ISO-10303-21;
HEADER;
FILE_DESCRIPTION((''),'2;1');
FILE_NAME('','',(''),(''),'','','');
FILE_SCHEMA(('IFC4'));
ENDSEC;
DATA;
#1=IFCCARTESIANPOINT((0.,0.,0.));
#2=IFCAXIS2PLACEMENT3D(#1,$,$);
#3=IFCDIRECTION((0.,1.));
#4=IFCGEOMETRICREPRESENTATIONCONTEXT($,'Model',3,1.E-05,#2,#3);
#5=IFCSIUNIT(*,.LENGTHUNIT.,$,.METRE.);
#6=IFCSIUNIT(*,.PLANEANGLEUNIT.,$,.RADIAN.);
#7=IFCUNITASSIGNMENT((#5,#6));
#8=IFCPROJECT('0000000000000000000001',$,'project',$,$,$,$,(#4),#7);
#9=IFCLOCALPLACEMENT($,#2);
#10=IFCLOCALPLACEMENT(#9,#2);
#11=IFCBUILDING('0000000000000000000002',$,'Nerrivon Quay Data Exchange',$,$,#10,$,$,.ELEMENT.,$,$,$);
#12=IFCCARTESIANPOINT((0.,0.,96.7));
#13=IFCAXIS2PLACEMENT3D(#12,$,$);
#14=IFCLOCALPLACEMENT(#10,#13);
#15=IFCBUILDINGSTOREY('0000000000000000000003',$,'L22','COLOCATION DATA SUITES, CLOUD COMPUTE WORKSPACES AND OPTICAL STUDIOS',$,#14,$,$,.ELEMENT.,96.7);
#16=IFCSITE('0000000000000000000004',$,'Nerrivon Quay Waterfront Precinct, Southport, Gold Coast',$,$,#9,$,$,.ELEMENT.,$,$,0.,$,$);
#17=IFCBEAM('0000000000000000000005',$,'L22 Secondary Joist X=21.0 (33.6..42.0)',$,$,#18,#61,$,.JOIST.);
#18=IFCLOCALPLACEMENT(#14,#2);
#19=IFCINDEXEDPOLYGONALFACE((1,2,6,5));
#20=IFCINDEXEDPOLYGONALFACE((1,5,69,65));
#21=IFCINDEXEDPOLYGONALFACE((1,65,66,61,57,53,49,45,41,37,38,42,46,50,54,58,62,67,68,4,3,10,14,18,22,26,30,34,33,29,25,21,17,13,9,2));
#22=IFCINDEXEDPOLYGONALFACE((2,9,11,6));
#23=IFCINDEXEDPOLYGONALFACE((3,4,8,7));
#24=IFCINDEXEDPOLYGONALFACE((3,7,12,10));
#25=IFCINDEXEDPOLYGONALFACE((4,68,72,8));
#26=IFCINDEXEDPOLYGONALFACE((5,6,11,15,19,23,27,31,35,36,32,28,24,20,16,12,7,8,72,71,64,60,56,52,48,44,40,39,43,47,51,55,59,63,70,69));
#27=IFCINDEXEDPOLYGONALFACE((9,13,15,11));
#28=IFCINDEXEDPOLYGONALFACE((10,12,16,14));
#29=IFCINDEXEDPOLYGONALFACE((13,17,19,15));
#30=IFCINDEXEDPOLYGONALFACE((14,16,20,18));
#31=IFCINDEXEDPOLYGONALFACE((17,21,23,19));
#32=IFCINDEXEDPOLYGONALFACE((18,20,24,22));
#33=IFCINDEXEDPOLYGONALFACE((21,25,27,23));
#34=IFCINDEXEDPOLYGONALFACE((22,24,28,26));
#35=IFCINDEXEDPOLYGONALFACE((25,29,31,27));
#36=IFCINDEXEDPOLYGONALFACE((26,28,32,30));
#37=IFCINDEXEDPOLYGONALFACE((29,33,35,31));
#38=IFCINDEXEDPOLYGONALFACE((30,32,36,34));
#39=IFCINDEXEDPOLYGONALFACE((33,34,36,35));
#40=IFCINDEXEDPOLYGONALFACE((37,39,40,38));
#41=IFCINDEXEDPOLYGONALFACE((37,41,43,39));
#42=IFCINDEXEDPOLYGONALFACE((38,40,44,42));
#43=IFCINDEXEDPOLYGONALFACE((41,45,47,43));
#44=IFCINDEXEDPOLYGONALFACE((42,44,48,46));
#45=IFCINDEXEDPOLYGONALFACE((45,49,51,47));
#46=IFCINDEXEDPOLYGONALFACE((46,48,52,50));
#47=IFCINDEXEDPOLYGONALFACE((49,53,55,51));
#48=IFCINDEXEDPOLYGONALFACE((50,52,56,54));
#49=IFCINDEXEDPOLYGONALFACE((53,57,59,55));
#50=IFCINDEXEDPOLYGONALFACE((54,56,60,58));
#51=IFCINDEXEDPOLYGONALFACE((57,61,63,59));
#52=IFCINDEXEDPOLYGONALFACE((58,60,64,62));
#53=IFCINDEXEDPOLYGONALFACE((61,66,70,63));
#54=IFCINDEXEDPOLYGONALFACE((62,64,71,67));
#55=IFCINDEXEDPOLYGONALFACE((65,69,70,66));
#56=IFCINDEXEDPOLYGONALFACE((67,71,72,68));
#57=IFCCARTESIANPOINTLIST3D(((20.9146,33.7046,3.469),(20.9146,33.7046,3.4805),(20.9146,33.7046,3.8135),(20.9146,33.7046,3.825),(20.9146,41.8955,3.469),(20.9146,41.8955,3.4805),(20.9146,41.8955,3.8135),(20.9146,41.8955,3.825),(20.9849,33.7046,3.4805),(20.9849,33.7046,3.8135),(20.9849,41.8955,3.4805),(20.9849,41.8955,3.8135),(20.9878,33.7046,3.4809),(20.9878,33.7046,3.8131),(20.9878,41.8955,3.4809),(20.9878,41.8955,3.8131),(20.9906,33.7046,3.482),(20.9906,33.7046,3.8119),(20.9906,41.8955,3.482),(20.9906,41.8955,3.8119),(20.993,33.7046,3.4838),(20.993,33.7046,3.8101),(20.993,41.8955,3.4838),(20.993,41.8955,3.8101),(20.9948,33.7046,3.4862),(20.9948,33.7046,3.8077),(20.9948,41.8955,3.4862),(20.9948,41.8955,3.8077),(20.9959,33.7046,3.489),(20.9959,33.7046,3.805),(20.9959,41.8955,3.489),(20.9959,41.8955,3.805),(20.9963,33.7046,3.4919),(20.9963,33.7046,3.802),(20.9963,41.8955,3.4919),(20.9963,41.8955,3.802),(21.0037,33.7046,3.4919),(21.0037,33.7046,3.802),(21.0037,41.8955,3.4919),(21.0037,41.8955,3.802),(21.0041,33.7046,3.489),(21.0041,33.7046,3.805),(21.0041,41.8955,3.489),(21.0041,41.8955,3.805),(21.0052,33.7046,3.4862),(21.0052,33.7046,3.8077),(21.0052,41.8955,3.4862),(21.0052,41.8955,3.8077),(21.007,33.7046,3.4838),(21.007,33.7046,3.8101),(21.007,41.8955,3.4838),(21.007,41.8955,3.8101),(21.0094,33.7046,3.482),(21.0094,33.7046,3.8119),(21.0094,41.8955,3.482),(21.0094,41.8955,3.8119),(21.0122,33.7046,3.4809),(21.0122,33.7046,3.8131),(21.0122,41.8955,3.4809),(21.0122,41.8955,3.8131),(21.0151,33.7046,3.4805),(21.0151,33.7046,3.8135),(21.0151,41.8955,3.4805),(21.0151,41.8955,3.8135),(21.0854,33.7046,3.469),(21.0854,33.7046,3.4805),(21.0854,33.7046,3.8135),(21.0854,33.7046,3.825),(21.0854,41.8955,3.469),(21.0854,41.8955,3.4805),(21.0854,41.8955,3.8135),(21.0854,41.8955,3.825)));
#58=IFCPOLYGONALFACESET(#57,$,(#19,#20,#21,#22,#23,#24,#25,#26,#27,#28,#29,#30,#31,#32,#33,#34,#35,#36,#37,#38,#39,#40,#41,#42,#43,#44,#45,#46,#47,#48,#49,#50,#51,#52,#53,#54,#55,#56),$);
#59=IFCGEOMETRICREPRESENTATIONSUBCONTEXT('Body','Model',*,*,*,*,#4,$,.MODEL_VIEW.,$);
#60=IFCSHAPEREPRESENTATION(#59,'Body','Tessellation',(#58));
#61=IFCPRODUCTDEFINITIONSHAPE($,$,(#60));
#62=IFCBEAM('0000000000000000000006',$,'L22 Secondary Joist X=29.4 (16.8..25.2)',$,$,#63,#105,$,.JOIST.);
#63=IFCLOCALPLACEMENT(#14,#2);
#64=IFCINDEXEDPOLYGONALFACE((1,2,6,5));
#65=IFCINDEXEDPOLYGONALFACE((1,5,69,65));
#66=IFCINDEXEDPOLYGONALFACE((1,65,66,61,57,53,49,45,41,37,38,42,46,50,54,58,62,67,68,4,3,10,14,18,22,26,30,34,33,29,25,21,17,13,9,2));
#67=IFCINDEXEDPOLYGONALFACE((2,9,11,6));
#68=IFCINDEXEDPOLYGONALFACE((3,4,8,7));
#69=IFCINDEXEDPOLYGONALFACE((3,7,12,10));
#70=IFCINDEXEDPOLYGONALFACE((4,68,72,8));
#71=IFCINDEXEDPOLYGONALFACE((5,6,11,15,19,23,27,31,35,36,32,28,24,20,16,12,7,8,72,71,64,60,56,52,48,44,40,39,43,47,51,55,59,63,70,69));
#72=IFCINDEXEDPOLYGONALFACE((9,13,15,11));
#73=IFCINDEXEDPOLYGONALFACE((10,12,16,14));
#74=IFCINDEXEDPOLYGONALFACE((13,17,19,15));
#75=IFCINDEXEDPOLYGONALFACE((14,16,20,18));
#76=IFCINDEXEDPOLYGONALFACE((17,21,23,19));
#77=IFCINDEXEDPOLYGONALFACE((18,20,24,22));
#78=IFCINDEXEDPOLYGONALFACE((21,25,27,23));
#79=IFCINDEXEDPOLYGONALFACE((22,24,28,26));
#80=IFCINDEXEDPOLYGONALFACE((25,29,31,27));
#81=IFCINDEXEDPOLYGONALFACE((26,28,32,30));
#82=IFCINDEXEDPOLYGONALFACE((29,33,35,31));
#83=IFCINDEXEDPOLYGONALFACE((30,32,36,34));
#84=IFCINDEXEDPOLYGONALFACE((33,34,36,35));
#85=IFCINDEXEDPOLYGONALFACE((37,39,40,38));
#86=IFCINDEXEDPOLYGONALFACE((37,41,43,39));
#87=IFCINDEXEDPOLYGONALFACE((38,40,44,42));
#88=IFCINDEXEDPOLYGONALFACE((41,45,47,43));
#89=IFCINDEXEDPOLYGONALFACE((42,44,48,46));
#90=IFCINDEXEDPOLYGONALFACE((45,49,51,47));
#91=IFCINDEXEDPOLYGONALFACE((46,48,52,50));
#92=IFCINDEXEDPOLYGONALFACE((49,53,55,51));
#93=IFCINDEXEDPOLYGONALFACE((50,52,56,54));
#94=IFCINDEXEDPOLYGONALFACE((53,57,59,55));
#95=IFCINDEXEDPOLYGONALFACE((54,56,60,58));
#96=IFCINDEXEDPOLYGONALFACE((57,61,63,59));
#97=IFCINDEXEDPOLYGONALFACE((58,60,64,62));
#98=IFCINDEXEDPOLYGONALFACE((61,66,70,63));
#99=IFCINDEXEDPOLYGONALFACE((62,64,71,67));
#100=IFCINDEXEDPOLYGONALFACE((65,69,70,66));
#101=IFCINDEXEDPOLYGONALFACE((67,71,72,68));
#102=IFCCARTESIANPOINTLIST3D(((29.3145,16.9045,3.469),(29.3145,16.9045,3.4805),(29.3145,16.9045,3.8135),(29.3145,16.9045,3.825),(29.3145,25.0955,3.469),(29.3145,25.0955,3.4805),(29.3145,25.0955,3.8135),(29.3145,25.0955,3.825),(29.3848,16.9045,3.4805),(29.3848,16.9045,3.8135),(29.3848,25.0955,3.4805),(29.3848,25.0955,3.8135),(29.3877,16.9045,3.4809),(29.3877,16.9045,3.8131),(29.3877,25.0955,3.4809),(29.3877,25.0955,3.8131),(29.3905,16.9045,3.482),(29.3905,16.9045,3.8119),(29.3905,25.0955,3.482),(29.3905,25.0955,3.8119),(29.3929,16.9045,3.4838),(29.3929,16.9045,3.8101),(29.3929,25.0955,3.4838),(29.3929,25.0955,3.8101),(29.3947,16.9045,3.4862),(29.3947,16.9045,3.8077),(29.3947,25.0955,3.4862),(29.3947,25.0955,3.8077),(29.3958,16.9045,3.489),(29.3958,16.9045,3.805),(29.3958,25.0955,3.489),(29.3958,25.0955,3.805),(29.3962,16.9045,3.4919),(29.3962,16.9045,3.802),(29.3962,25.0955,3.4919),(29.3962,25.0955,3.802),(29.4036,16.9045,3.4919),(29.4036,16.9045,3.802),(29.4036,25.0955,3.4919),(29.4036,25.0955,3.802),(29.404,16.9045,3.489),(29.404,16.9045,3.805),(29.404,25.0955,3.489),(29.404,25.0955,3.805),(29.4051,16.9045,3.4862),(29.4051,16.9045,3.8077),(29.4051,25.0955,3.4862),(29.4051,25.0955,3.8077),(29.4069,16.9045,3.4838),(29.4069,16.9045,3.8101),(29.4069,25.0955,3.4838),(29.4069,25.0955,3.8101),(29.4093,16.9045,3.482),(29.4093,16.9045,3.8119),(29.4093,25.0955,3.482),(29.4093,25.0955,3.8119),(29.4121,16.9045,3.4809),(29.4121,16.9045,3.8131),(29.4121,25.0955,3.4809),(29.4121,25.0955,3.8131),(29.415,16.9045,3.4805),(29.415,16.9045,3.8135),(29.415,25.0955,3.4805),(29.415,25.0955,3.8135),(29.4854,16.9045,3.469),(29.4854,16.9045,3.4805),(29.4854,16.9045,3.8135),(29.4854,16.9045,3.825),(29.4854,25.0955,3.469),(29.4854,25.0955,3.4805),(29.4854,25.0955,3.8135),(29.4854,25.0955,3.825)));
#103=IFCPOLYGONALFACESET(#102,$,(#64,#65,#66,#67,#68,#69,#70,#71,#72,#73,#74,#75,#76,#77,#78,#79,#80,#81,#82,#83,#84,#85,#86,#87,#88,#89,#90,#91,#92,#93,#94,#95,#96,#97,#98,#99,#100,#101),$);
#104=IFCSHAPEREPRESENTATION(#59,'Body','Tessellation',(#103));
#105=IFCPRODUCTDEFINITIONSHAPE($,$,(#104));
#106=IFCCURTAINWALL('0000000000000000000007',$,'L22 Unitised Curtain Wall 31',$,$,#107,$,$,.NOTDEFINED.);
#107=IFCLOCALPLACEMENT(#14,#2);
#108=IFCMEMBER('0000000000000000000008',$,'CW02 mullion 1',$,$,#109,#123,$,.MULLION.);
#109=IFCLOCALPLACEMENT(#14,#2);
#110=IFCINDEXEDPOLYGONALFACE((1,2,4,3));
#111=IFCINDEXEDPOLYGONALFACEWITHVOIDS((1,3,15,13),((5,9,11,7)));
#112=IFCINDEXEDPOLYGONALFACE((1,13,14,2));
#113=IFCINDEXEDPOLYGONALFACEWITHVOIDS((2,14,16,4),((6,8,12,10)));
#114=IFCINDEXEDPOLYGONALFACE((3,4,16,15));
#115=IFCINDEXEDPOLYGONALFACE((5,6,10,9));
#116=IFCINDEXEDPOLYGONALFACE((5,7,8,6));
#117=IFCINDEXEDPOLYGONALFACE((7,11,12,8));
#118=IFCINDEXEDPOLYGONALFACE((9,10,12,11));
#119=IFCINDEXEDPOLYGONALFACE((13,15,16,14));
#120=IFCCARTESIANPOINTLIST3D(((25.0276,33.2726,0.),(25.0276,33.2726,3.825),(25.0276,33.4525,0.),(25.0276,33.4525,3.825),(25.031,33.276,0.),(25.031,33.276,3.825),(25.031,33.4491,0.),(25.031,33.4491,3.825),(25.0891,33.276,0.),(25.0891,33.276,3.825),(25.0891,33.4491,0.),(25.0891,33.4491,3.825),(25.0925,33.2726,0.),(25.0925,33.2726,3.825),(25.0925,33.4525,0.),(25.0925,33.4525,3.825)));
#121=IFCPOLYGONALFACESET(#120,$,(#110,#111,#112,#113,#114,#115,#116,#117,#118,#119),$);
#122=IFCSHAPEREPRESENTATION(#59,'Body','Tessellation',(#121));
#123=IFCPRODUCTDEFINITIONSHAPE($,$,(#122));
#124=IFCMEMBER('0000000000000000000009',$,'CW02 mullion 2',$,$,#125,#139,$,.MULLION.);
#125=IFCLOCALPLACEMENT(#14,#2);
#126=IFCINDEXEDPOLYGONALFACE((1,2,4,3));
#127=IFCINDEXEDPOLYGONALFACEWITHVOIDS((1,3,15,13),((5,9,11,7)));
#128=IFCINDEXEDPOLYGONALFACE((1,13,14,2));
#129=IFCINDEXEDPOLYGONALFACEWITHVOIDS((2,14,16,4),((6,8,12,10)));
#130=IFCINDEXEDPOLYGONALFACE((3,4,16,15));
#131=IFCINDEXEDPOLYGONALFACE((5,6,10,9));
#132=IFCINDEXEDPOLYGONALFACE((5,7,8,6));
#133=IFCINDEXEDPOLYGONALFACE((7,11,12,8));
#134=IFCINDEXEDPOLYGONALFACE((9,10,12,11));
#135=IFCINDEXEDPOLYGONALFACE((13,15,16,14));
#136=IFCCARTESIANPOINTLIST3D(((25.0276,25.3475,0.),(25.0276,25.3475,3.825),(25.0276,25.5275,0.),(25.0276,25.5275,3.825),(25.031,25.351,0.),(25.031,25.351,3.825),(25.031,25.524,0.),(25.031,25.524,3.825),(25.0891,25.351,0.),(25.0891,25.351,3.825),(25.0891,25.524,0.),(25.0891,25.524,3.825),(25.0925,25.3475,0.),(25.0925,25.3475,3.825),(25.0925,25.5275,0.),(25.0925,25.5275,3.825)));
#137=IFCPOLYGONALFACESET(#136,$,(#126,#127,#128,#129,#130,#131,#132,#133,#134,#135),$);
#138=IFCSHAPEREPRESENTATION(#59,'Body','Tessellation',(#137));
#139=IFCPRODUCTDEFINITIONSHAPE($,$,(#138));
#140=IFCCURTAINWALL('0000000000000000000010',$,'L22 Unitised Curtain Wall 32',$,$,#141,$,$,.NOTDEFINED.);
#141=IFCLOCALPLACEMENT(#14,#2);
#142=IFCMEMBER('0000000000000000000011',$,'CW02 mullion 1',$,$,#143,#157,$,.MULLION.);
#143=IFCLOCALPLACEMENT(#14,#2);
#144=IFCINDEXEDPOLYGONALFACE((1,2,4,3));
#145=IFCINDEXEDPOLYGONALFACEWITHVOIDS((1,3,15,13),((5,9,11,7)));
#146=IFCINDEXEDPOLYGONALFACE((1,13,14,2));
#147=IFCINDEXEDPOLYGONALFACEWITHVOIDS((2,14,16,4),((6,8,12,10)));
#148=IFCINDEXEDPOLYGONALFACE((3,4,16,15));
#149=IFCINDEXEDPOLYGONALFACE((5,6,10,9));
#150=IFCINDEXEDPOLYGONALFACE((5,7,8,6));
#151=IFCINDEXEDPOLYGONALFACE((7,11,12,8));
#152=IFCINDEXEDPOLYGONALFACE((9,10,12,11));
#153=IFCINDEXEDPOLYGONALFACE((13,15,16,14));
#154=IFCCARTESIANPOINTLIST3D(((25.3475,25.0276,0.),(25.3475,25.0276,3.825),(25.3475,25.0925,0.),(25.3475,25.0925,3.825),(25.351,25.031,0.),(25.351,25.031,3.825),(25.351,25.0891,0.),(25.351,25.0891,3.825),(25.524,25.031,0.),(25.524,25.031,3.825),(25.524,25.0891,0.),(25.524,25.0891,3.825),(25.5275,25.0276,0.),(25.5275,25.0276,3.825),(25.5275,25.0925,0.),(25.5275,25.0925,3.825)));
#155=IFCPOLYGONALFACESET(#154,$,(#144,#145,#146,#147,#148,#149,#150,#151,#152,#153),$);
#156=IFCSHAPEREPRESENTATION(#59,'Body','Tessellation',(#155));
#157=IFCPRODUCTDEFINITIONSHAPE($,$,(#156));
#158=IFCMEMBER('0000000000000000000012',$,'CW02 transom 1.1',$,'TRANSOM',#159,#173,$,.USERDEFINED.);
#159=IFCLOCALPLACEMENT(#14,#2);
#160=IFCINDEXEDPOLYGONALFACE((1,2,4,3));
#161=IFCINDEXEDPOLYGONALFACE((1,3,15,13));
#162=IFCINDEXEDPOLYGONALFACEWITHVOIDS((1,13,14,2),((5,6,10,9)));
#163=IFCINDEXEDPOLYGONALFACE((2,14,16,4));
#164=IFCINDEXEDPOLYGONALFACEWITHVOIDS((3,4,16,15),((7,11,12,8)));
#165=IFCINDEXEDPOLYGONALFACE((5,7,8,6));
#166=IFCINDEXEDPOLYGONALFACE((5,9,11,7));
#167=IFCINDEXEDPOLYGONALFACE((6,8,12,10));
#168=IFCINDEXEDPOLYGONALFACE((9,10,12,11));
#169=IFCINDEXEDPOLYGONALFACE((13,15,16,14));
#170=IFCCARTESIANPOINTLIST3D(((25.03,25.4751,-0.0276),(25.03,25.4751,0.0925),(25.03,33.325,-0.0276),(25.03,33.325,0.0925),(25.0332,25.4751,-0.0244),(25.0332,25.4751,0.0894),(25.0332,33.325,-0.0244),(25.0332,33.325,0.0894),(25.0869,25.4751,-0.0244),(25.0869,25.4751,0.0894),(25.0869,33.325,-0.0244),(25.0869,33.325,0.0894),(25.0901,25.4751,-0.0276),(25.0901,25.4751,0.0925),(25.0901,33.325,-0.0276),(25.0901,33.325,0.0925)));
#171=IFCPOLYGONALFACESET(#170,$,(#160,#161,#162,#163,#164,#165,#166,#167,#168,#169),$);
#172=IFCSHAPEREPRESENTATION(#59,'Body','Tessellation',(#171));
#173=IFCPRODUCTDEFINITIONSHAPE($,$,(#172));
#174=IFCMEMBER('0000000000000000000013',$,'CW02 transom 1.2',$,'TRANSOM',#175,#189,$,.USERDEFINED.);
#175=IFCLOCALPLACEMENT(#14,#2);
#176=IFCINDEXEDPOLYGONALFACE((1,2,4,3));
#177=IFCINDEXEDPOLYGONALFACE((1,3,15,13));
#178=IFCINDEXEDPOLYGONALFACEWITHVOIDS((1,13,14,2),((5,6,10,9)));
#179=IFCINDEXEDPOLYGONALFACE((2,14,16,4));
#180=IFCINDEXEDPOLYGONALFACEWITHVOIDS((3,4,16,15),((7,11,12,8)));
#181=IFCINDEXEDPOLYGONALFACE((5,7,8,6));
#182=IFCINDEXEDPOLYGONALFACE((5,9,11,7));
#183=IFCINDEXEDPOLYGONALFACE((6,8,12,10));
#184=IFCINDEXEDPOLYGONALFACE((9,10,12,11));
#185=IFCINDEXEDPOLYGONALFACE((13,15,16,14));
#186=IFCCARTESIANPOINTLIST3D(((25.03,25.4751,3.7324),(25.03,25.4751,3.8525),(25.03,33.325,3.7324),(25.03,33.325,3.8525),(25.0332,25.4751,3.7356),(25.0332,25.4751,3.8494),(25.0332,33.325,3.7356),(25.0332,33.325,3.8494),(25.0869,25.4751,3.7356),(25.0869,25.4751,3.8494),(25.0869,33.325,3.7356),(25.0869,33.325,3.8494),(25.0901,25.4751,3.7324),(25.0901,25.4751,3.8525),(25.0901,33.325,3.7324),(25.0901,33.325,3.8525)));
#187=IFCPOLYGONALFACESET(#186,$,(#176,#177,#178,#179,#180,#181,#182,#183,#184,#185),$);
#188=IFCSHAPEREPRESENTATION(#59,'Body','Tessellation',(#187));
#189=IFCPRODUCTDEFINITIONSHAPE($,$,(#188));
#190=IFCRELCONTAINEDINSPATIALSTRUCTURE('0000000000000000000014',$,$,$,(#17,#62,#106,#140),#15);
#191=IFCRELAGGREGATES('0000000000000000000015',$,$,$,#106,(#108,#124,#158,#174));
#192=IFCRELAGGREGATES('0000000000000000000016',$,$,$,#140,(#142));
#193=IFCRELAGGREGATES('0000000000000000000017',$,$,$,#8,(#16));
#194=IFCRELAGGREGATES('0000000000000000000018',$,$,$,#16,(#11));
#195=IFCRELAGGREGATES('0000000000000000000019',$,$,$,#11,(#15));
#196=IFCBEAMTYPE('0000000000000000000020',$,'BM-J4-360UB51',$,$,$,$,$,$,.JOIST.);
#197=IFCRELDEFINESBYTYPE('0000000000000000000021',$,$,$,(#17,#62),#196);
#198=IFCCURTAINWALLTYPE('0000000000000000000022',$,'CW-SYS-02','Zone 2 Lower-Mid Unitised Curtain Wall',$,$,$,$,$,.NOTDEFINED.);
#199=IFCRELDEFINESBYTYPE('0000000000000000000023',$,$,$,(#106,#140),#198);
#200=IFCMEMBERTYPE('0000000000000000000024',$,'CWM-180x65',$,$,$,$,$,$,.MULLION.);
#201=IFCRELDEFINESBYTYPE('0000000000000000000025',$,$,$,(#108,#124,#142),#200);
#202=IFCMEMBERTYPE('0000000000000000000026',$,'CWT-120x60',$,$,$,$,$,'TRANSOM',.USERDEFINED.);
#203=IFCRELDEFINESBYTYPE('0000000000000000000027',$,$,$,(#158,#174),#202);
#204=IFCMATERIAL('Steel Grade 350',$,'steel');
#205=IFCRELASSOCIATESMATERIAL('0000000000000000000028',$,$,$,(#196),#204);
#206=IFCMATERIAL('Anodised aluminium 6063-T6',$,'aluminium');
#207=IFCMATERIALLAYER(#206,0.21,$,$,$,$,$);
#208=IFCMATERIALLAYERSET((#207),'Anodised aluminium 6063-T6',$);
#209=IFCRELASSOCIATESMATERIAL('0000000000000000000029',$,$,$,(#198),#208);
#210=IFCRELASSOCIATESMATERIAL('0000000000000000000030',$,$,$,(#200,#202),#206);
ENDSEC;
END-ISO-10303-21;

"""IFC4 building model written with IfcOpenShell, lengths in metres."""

from ifc_helpers import new_model, si_unit, direction, frame, origin, origin_2d, place, context, subcontext, project, spatial, hollow_rectangle, i_section, extrude, material, layer, layer_set, material_profile, profile_set, type_object, element, aggregate, save


model = new_model("IFC4")

# Units and contexts
model_context = context("Model", 3, precision=1e-05, world=origin(), true_north=direction((0.0, 1.0)))
body_context = subcontext(model_context, "Body", "Model", "MODEL_VIEW")
ifc_project = project(units=[si_unit("LENGTHUNIT", "METRE"), si_unit("PLANEANGLEUNIT", "RADIAN")], contexts=[model_context])

# Site, building, storey
site_placement = place(None, origin())
site = spatial("IfcSite", under=ifc_project, at=site_placement, Name="Nerrivon Quay Waterfront Precinct, Southport, Gold Coast", CompositionType="ELEMENT", RefElevation=0.0)
building_placement = place(site_placement, origin())
building = spatial("IfcBuilding", under=site, at=building_placement, Name="Nerrivon Quay Data Exchange", CompositionType="ELEMENT")
storey_placement = place(building_placement, frame((0.0, 0.0, 96.7)))
storey = spatial("IfcBuildingStorey", under=building, at=storey_placement, Name="L22", Description="COLOCATION DATA SUITES, CLOUD COMPUTE WORKSPACES AND OPTICAL STUDIOS", CompositionType="ELEMENT", Elevation=96.7)

# Shared definitions
ifc_material_1 = material(Name="Steel Grade 350", Category="steel")

# Beams
ifc_material_profile_1 = material_profile(ifc_material_1, i_section(OverallWidth=0.1709, OverallDepth=0.356, WebThickness=0.0073, FlangeThickness=0.0115, FilletRadius=0.0115, at=origin_2d()), Name="360UB50.7")
ifc_profile_set_1 = profile_set([ifc_material_profile_1], Name="Steel Grade 350")
beam_type_1 = type_object("IfcBeamType", Name="BM-J4-360UB51", PredefinedType="JOIST", material=ifc_profile_set_1)
for number, where, z_axis, x_axis, name in (
    (1, (21.0, 33.7046, 3.647), (0.0, 1.0, 0.0), (-1.0, 0.0, 0.0), "L22 Secondary Joist X=21.0 (33.6..42.0)"),
    (2, (29.3999, 16.9045, 3.647), (0.0, 1.0, 0.0), (-1.0, 0.0, 0.0), "L22 Secondary Joist X=29.4 (16.8..25.2)"),
):
    element("IfcBeam", number, at=place(storey_placement, frame(where, z_axis=z_axis, x_axis=x_axis)), inside=storey, type_object=beam_type_1, Name=name, PredefinedType="JOIST", context=body_context, shape_type="SweptSolid", body=[
        extrude(i_section(OverallWidth=0.1709, OverallDepth=0.356, WebThickness=0.0073, FlangeThickness=0.0115, FilletRadius=0.0115, at=origin_2d()), origin(), (0.0, 0.0, 1.0), 8.1909),
    ])

# Curtain wall, members
ifc_material_2 = material(Name="Anodised aluminium 6063-T6", Category="aluminium")
ifc_layer_1 = layer(ifc_material_2, 0.21)
ifc_layer_set_1 = layer_set([ifc_layer_1], Name="Anodised aluminium 6063-T6")
curtain_wall_type = type_object("IfcCurtainWallType", Name="CW-SYS-02", Description="Zone 2 Lower-Mid Unitised Curtain Wall", PredefinedType="NOTDEFINED", material=ifc_layer_set_1)
curtain_wall_1_placement = place(storey_placement, origin())
curtain_wall_1 = element("IfcCurtainWall", 3, at=curtain_wall_1_placement, inside=storey, type_object=curtain_wall_type, Name="L22 Unitised Curtain Wall 31", PredefinedType="NOTDEFINED")
ifc_material_profile_2 = material_profile(ifc_material_2, hollow_rectangle(XDim=0.0649, YDim=0.1799, WallThickness=0.0034, at=origin_2d()), Name="ALU-MULL-180x65")
ifc_profile_set_2 = profile_set([ifc_material_profile_2], Name="Anodised aluminium 6063-T6")
member_type_1 = type_object("IfcMemberType", Name="CWM-180x65", PredefinedType="MULLION", material=ifc_profile_set_2)
member_1_placement = place(storey_placement, frame((25.0601, 33.3625, 0.0), z_axis=(0.0, 0.0, 1.0), x_axis=(1.0, 0.0, 0.0)))
member_1 = element("IfcMember", 4, at=member_1_placement, type_object=member_type_1, Name="CW02 mullion 1", PredefinedType="MULLION", context=body_context, shape_type="SweptSolid", body=[
    extrude(hollow_rectangle(XDim=0.0649, YDim=0.1799, WallThickness=0.0034, at=origin_2d()), origin(), (0.0, 0.0, 1.0), 3.825),
])
member_2_placement = place(storey_placement, frame((25.0601, 25.4375, 0.0), z_axis=(0.0, 0.0, 1.0), x_axis=(1.0, 0.0, 0.0)))
member_2 = element("IfcMember", 5, at=member_2_placement, type_object=member_type_1, Name="CW02 mullion 2", PredefinedType="MULLION", context=body_context, shape_type="SweptSolid", body=[
    extrude(hollow_rectangle(XDim=0.0649, YDim=0.1799, WallThickness=0.0034, at=origin_2d()), origin(), (0.0, 0.0, 1.0), 3.825),
])

# Curtain wall, member
curtain_wall_2_placement = place(storey_placement, origin())
curtain_wall_2 = element("IfcCurtainWall", 6, at=curtain_wall_2_placement, inside=storey, type_object=curtain_wall_type, Name="L22 Unitised Curtain Wall 32", PredefinedType="NOTDEFINED")
member_3_placement = place(storey_placement, frame((25.4375, 25.0601, 0.0), z_axis=(0.0, 0.0, 1.0), x_axis=(0.0, 1.0, 0.0)))
member_3 = element("IfcMember", 7, at=member_3_placement, type_object=member_type_1, Name="CW02 mullion 1", PredefinedType="MULLION", context=body_context, shape_type="SweptSolid", body=[
    extrude(hollow_rectangle(XDim=0.0649, YDim=0.1799, WallThickness=0.0034, at=origin_2d()), origin(), (0.0, 0.0, 1.0), 3.825),
])

# Members
ifc_material_profile_3 = material_profile(ifc_material_2, hollow_rectangle(XDim=0.0601, YDim=0.1201, WallThickness=0.0032, at=origin_2d()), Name="ALU-TRAN-120x60")
ifc_profile_set_3 = profile_set([ifc_material_profile_3], Name="Anodised aluminium 6063-T6")
member_type_2 = type_object("IfcMemberType", Name="CWT-120x60", ElementType="TRANSOM", PredefinedType="USERDEFINED", material=ifc_profile_set_3)
member_4_placement = place(storey_placement, frame((25.0601, 33.325, 0.0325), z_axis=(0.0, -1.0, 0.0), x_axis=(1.0, 0.0, 0.0)))
member_4 = element("IfcMember", 8, at=member_4_placement, type_object=member_type_2, Name="CW02 transom 1.1", ObjectType="TRANSOM", PredefinedType="USERDEFINED", context=body_context, shape_type="SweptSolid", body=[
    extrude(hollow_rectangle(XDim=0.0601, YDim=0.1201, WallThickness=0.0032, at=origin_2d()), origin(), (0.0, 0.0, 1.0), 7.8499),
])
member_5_placement = place(storey_placement, frame((25.0601, 33.325, 3.7925), z_axis=(0.0, -1.0, 0.0), x_axis=(1.0, 0.0, 0.0)))
member_5 = element("IfcMember", 9, at=member_5_placement, type_object=member_type_2, Name="CW02 transom 1.2", ObjectType="TRANSOM", PredefinedType="USERDEFINED", context=body_context, shape_type="SweptSolid", body=[
    extrude(hollow_rectangle(XDim=0.0601, YDim=0.1201, WallThickness=0.0032, at=origin_2d()), origin(), (0.0, 0.0, 1.0), 7.8499),
])

aggregate(curtain_wall_1, [member_1, member_2, member_4, member_5])
aggregate(curtain_wall_2, [member_3])

save(model, "model.ifc")
